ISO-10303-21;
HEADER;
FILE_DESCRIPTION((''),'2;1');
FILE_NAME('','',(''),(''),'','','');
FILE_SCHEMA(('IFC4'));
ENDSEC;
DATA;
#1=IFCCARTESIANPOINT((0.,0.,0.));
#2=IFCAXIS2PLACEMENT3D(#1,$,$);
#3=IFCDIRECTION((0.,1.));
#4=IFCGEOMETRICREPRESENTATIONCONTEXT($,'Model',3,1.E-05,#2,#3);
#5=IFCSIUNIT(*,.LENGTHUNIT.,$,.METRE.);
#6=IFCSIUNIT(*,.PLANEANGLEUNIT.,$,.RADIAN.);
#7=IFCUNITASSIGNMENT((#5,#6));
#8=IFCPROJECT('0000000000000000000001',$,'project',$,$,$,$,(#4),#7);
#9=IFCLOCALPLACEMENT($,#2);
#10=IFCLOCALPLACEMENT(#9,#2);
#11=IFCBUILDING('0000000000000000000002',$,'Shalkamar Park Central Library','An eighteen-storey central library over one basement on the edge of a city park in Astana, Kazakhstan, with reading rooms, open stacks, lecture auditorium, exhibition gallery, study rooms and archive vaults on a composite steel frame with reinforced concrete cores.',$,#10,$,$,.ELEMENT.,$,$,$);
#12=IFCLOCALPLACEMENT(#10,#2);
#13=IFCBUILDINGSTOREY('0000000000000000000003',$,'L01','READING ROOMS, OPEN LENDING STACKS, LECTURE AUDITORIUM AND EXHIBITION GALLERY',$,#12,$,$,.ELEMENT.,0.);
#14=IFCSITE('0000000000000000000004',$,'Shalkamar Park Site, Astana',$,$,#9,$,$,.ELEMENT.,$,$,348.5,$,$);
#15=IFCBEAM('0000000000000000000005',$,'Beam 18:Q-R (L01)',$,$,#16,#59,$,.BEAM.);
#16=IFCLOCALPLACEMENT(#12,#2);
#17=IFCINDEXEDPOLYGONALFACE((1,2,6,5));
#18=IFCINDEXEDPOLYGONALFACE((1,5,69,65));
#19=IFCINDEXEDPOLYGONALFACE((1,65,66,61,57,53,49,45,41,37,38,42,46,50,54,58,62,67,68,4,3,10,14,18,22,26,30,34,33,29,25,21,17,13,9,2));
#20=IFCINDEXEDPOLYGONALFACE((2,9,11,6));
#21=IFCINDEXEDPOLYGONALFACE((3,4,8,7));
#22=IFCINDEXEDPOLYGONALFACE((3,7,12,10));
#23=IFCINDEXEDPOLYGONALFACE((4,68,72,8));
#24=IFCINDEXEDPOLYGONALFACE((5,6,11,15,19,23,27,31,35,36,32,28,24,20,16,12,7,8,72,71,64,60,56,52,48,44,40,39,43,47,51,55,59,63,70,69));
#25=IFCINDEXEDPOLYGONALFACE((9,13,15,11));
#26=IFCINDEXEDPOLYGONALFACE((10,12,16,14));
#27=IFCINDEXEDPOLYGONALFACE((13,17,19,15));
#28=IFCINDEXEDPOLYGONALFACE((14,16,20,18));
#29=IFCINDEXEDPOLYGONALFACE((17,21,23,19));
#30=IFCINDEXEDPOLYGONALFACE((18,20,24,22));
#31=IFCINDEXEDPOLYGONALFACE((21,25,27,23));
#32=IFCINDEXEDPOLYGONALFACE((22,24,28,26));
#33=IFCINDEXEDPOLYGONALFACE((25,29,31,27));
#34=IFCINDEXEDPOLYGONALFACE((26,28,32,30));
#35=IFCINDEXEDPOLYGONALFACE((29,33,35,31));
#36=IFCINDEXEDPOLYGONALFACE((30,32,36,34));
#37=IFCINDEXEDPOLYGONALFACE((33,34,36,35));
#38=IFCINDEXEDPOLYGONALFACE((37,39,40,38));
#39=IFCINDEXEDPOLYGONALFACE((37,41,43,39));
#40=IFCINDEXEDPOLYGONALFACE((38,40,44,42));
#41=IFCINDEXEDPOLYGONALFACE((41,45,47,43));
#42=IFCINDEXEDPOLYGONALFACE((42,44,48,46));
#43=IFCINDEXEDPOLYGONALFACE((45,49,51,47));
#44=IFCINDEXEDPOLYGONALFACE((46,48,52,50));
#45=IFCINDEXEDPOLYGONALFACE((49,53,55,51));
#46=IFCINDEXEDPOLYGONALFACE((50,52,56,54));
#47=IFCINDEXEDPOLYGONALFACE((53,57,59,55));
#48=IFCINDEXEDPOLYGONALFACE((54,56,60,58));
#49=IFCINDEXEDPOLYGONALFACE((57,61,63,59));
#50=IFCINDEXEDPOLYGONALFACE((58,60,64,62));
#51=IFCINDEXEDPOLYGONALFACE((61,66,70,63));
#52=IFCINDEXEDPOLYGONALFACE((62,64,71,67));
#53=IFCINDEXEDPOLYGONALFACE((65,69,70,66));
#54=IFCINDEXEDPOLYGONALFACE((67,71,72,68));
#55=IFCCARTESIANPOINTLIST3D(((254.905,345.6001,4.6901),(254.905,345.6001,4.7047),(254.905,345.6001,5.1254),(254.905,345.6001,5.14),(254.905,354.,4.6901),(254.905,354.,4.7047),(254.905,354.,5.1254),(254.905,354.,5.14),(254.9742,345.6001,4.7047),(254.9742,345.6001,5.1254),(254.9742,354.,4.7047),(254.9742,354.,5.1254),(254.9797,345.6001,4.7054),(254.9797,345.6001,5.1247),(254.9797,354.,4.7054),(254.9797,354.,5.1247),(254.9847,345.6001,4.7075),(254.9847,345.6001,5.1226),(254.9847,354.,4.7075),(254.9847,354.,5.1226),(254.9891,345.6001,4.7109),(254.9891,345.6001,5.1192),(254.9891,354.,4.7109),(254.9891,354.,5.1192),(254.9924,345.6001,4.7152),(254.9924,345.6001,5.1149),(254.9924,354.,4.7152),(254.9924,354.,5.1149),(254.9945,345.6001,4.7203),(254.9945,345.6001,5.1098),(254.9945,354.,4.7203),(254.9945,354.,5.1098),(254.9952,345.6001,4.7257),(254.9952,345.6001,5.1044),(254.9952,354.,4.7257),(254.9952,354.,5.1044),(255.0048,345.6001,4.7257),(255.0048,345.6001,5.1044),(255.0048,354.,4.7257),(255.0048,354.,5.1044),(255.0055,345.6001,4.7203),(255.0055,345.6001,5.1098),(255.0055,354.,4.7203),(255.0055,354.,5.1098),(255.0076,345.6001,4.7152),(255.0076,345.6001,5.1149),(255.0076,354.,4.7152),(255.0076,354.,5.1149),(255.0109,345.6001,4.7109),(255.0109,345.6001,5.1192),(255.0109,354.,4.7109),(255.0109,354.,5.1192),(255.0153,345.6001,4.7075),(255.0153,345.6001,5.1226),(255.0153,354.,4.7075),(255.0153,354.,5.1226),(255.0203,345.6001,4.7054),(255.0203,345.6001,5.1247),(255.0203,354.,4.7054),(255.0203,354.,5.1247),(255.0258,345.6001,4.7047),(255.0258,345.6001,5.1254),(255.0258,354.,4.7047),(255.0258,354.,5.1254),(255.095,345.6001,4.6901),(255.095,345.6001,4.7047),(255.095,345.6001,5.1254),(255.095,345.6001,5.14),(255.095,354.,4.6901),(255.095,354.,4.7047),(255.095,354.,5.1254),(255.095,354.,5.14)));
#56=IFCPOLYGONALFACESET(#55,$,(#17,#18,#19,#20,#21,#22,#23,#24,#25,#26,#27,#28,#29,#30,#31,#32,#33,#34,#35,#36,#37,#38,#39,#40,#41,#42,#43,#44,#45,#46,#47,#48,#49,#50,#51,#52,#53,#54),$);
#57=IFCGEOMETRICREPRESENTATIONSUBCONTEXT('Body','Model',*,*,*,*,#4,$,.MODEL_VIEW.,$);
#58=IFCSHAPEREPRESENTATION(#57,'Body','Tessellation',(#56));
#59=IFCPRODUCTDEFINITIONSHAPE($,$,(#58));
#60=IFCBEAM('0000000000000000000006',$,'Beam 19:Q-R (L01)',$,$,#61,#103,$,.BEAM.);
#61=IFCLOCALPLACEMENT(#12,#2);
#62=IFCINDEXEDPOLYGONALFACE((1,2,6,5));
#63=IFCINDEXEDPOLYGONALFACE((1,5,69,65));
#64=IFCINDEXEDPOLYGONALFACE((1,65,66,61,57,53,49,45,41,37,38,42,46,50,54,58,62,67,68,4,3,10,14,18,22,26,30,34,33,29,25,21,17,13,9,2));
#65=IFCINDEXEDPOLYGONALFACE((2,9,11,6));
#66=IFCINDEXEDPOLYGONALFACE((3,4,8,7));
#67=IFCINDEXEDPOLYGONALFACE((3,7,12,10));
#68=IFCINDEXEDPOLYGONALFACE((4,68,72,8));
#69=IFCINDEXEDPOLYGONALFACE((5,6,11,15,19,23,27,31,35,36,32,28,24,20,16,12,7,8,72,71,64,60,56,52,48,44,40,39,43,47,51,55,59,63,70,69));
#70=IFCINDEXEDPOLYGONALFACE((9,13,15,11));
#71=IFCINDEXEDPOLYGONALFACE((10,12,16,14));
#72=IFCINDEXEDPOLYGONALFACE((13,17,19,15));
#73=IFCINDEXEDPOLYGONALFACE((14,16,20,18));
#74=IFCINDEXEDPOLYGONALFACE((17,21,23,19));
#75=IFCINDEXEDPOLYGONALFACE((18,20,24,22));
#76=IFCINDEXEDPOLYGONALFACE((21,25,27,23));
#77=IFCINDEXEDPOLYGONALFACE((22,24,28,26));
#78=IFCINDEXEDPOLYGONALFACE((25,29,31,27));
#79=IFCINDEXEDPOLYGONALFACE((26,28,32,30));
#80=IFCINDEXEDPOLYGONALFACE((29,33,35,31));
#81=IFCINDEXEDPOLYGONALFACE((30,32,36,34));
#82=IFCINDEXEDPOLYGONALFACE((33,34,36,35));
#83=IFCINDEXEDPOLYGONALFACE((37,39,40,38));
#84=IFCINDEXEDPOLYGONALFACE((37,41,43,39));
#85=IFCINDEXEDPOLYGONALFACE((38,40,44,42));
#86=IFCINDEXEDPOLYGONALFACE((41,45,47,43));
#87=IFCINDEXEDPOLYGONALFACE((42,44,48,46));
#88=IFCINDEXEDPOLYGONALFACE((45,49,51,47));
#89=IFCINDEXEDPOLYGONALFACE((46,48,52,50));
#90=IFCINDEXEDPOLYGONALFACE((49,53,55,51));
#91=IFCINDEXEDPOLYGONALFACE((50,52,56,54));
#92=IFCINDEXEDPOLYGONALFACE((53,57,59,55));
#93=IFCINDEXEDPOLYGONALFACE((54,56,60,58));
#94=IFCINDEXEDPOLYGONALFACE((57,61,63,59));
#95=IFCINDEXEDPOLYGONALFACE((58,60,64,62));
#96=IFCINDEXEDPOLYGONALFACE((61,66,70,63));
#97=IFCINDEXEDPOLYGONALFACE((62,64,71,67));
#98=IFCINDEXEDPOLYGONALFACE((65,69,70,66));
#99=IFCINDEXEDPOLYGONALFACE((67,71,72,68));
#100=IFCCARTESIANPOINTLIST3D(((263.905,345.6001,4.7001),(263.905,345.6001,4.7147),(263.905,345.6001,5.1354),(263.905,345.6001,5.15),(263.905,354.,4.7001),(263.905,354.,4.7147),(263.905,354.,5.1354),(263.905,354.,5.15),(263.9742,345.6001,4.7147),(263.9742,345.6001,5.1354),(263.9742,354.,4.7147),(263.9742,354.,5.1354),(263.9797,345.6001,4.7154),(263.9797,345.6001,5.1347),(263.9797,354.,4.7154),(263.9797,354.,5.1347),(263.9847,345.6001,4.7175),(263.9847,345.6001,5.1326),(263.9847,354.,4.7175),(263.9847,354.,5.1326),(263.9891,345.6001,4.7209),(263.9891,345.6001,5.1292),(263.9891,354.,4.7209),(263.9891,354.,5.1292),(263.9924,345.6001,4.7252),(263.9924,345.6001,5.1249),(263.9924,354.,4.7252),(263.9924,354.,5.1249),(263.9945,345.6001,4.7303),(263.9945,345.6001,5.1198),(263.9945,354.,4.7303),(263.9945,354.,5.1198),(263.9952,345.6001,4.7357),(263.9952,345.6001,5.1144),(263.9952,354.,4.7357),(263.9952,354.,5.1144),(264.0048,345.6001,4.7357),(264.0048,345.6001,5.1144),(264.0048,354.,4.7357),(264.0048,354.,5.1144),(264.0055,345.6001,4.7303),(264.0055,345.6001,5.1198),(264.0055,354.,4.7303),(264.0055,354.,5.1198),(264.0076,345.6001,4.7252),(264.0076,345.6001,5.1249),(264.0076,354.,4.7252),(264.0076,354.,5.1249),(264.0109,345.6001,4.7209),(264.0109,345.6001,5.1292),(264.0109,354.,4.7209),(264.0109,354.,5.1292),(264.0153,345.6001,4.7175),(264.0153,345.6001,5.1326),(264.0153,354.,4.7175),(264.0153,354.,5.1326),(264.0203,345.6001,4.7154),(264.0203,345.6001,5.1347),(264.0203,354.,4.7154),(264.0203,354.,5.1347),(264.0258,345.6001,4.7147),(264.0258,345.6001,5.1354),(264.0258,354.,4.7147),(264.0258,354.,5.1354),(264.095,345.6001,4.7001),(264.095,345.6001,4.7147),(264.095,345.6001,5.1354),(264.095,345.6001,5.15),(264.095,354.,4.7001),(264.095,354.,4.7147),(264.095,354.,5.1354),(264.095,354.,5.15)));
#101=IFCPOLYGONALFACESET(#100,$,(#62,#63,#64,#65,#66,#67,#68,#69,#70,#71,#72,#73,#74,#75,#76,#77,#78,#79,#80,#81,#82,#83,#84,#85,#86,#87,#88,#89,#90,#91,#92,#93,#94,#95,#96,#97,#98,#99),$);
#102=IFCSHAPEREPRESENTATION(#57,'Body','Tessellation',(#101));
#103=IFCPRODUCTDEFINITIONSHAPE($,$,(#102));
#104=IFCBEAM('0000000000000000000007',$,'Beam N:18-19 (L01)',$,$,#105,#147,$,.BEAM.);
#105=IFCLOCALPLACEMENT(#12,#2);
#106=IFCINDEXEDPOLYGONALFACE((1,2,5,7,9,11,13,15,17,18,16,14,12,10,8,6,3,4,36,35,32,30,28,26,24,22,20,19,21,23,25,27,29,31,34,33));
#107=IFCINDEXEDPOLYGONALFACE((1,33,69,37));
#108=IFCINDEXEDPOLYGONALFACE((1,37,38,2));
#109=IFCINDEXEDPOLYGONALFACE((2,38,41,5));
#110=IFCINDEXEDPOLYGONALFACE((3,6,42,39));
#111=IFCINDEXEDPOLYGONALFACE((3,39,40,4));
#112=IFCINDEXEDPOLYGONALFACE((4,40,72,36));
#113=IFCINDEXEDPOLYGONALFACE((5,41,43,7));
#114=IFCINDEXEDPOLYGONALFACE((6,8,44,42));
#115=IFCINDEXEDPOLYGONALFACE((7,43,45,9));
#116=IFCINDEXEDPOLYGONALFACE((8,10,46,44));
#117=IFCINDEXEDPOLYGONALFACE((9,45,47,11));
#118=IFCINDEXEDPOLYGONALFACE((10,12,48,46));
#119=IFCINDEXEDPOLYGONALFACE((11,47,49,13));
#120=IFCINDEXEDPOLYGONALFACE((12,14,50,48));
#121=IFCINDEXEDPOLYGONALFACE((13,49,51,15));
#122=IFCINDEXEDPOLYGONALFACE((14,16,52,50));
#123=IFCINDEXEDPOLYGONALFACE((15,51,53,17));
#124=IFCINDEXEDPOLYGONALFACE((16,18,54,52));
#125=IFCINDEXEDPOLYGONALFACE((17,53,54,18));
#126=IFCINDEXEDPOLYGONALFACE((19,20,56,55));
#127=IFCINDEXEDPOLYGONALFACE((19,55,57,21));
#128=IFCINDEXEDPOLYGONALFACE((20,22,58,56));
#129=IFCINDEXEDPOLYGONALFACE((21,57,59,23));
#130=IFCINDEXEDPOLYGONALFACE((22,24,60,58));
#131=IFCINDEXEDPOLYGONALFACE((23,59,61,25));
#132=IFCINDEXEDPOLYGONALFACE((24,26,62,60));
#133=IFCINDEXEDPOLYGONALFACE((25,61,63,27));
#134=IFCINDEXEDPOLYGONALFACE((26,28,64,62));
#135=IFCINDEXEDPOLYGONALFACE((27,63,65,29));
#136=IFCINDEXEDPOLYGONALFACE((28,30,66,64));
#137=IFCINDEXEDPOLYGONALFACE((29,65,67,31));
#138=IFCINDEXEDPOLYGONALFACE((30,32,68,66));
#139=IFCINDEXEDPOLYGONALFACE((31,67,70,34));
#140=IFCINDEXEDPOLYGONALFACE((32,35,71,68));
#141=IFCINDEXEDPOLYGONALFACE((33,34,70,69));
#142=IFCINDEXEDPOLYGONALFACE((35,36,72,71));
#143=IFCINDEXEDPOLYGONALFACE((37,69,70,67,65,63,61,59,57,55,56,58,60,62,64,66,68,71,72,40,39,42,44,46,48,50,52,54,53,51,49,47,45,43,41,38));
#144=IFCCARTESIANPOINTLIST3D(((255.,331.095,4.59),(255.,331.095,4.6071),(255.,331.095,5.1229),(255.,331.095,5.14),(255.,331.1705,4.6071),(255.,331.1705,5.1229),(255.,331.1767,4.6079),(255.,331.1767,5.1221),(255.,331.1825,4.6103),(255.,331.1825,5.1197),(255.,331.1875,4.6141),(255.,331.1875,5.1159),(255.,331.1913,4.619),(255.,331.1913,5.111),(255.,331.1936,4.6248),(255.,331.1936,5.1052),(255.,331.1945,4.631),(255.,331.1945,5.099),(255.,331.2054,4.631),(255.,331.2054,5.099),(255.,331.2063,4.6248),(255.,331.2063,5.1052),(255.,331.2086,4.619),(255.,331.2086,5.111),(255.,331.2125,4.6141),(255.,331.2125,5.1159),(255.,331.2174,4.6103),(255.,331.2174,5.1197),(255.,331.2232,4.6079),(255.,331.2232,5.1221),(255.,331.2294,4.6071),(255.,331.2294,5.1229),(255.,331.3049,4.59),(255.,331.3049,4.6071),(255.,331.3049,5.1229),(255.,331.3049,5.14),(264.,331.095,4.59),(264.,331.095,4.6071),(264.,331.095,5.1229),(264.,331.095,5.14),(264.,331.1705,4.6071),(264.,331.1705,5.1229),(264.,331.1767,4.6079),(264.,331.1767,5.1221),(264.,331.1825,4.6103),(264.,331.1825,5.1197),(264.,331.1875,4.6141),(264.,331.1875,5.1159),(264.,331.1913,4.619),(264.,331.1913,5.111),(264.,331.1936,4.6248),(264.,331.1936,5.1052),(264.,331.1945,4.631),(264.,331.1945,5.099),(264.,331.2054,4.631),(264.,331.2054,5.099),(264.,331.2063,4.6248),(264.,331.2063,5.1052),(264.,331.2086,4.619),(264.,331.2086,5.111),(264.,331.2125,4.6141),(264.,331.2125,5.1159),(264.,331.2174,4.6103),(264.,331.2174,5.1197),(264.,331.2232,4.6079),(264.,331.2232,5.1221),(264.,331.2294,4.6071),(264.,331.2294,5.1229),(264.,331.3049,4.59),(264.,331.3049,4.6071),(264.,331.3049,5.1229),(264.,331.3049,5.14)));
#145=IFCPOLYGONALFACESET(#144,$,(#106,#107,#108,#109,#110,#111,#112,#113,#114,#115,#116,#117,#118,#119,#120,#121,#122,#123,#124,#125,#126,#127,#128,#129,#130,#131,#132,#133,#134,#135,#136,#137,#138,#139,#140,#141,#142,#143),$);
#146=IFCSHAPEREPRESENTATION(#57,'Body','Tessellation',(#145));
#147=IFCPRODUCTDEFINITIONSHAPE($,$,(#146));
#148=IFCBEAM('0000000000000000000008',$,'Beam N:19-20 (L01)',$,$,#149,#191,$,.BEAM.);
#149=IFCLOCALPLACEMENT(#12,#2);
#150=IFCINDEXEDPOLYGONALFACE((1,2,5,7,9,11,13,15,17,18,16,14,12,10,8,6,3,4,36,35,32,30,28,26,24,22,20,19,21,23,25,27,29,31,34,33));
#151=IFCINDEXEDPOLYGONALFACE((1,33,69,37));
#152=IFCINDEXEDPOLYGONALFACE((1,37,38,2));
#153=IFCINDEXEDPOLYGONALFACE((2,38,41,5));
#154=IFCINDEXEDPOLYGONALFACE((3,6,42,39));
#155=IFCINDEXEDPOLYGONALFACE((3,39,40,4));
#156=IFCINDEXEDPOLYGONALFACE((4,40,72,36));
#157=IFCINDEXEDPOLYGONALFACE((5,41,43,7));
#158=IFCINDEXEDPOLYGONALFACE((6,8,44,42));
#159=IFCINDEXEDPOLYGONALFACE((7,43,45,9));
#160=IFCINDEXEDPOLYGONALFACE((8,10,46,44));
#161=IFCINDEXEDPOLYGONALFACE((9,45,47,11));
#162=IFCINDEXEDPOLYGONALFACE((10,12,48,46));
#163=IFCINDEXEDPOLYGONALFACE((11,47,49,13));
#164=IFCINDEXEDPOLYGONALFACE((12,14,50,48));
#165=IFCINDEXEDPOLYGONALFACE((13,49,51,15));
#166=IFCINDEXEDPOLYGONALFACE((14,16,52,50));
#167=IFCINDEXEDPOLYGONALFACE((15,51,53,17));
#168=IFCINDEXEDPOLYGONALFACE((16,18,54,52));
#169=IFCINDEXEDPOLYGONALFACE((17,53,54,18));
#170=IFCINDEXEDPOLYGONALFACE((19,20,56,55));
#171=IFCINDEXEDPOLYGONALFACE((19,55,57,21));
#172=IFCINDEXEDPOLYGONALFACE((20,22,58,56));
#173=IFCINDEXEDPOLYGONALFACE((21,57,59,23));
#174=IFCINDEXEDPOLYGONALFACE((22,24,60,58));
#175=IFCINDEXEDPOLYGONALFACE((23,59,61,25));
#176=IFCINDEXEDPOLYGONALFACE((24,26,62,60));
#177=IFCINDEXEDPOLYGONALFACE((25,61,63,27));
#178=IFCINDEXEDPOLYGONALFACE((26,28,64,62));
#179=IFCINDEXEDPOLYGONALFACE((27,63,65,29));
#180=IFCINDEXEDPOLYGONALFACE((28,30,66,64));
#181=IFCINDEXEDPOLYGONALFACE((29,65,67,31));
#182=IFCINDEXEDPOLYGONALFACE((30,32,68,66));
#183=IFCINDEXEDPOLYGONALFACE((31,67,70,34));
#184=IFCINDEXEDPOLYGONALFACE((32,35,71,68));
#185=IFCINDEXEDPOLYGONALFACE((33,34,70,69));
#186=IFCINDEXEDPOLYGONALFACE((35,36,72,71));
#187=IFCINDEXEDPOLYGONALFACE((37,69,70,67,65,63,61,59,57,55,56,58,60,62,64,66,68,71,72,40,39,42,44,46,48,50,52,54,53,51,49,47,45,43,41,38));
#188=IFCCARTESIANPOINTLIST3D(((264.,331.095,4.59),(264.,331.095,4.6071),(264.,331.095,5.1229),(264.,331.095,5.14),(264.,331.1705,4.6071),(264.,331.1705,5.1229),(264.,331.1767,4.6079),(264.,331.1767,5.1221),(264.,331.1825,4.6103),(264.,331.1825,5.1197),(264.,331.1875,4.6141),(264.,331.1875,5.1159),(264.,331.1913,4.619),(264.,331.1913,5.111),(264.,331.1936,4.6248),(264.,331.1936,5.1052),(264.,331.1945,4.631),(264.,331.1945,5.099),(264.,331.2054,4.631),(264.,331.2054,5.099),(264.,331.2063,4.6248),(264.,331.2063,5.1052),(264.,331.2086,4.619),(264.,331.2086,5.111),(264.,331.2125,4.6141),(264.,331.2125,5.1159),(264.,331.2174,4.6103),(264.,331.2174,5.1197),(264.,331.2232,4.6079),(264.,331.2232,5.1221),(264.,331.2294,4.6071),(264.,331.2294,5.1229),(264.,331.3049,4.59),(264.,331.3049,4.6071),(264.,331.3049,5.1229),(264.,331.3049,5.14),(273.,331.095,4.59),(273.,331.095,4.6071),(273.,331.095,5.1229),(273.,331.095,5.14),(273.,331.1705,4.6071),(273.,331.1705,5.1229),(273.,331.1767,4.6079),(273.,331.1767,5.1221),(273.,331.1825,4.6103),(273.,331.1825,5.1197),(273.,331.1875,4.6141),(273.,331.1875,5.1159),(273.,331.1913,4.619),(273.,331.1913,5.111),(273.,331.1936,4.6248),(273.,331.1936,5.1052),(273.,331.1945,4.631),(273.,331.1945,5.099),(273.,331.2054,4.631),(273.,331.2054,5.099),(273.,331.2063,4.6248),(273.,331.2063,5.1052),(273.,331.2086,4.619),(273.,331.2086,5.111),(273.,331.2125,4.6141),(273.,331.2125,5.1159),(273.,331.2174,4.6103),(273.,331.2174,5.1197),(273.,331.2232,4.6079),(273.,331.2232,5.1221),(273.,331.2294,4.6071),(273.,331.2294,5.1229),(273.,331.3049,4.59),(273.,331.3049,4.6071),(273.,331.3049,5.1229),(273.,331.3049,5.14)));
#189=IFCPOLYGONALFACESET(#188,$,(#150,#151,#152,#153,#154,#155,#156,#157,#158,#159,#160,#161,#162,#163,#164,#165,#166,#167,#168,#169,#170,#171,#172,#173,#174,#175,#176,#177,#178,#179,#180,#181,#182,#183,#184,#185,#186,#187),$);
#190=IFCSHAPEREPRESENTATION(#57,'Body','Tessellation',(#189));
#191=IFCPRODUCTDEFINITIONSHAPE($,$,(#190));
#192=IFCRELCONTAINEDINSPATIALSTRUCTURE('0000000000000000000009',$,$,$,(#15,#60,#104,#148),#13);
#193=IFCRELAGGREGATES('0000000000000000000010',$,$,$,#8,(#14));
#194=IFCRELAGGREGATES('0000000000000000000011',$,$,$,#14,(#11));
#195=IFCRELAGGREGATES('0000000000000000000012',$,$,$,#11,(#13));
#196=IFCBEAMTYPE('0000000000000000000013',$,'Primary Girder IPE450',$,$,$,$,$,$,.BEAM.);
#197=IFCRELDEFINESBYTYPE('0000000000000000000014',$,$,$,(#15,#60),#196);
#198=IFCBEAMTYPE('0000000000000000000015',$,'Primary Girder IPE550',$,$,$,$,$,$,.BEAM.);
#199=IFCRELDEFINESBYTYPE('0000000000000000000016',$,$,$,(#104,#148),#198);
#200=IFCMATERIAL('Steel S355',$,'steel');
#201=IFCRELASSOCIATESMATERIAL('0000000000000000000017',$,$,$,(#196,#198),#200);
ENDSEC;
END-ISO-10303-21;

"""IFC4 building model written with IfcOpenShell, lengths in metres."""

from ifc_helpers import new_model, si_unit, direction, frame, origin, origin_2d, place, context, subcontext, project, spatial, i_section, extrude, material, material_profile, profile_set, type_object, element, save


model = new_model("IFC4")

# Units and contexts
model_context = context("Model", 3, precision=1e-05, world=origin(), true_north=direction((0.0, 1.0)))
body_context = subcontext(model_context, "Body", "Model", "MODEL_VIEW")
ifc_project = project(units=[si_unit("LENGTHUNIT", "METRE"), si_unit("PLANEANGLEUNIT", "RADIAN")], contexts=[model_context])

# Site, building, storey
site_placement = place(None, origin())
site = spatial("IfcSite", under=ifc_project, at=site_placement, Name="Shalkamar Park Site, Astana", CompositionType="ELEMENT", RefElevation=348.5)
building_placement = place(site_placement, origin())
building = spatial("IfcBuilding", under=site, at=building_placement, Name="Shalkamar Park Central Library", Description="An eighteen-storey central library over one basement on the edge of a city park in Astana, Kazakhstan, with reading rooms, open stacks, lecture auditorium, exhibition gallery, study rooms and archive vaults on a composite steel frame with reinforced concrete cores.", CompositionType="ELEMENT")
storey_placement = place(building_placement, origin())
storey = spatial("IfcBuildingStorey", under=building, at=storey_placement, Name="L01", Description="READING ROOMS, OPEN LENDING STACKS, LECTURE AUDITORIUM AND EXHIBITION GALLERY", CompositionType="ELEMENT", Elevation=0.0)

# Shared definitions
ifc_material_1 = material(Name="Steel S355", Category="steel")

# Beams
ifc_material_profile_1 = material_profile(ifc_material_1, i_section(OverallWidth=0.1899, OverallDepth=0.45, WebThickness=0.0095, FlangeThickness=0.0146, FilletRadius=0.021, at=origin_2d()), Name="IPE 450")
ifc_profile_set_1 = profile_set([ifc_material_profile_1], Name="Steel S355")
beam_type_1 = type_object("IfcBeamType", Name="Primary Girder IPE450", PredefinedType="BEAM", material=ifc_profile_set_1)
for number, where, z_axis, x_axis, name in (
    (1, (255.0, 345.6001, 4.915), (0.0, 1.0, 0.0), (-1.0, 0.0, 0.0), "Beam 18:Q-R (L01)"),
    (2, (264.0, 345.6001, 4.925), (0.0, 1.0, 0.0), (-1.0, 0.0, 0.0), "Beam 19:Q-R (L01)"),
):
    element("IfcBeam", number, at=place(storey_placement, frame(where, z_axis=z_axis, x_axis=x_axis)), inside=storey, type_object=beam_type_1, Name=name, PredefinedType="BEAM", context=body_context, shape_type="SweptSolid", body=[
        extrude(i_section(OverallWidth=0.1899, OverallDepth=0.45, WebThickness=0.0095, FlangeThickness=0.0146, FilletRadius=0.021, at=origin_2d()), origin(), (0.0, 0.0, 1.0), 8.3999),
    ])
ifc_material_profile_2 = material_profile(ifc_material_1, i_section(OverallWidth=0.21, OverallDepth=0.55, WebThickness=0.011, FlangeThickness=0.0171, FilletRadius=0.0239, at=origin_2d()), Name="IPE 550")
ifc_profile_set_2 = profile_set([ifc_material_profile_2], Name="Steel S355")
beam_type_2 = type_object("IfcBeamType", Name="Primary Girder IPE550", PredefinedType="BEAM", material=ifc_profile_set_2)
for number, where, z_axis, x_axis, name in (
    (3, (255.0, 331.2, 4.865), (1.0, 0.0, 0.0), (0.0, 1.0, 0.0), "Beam N:18-19 (L01)"),
    (4, (264.0, 331.2, 4.865), (1.0, 0.0, 0.0), (0.0, 1.0, 0.0), "Beam N:19-20 (L01)"),
):
    element("IfcBeam", number, at=place(storey_placement, frame(where, z_axis=z_axis, x_axis=x_axis)), inside=storey, type_object=beam_type_2, Name=name, PredefinedType="BEAM", context=body_context, shape_type="SweptSolid", body=[
        extrude(i_section(OverallWidth=0.21, OverallDepth=0.55, WebThickness=0.011, FlangeThickness=0.0171, FilletRadius=0.0239, at=origin_2d()), origin(), (0.0, 0.0, 1.0), 9.0),
    ])

save(model, "model.ifc")
